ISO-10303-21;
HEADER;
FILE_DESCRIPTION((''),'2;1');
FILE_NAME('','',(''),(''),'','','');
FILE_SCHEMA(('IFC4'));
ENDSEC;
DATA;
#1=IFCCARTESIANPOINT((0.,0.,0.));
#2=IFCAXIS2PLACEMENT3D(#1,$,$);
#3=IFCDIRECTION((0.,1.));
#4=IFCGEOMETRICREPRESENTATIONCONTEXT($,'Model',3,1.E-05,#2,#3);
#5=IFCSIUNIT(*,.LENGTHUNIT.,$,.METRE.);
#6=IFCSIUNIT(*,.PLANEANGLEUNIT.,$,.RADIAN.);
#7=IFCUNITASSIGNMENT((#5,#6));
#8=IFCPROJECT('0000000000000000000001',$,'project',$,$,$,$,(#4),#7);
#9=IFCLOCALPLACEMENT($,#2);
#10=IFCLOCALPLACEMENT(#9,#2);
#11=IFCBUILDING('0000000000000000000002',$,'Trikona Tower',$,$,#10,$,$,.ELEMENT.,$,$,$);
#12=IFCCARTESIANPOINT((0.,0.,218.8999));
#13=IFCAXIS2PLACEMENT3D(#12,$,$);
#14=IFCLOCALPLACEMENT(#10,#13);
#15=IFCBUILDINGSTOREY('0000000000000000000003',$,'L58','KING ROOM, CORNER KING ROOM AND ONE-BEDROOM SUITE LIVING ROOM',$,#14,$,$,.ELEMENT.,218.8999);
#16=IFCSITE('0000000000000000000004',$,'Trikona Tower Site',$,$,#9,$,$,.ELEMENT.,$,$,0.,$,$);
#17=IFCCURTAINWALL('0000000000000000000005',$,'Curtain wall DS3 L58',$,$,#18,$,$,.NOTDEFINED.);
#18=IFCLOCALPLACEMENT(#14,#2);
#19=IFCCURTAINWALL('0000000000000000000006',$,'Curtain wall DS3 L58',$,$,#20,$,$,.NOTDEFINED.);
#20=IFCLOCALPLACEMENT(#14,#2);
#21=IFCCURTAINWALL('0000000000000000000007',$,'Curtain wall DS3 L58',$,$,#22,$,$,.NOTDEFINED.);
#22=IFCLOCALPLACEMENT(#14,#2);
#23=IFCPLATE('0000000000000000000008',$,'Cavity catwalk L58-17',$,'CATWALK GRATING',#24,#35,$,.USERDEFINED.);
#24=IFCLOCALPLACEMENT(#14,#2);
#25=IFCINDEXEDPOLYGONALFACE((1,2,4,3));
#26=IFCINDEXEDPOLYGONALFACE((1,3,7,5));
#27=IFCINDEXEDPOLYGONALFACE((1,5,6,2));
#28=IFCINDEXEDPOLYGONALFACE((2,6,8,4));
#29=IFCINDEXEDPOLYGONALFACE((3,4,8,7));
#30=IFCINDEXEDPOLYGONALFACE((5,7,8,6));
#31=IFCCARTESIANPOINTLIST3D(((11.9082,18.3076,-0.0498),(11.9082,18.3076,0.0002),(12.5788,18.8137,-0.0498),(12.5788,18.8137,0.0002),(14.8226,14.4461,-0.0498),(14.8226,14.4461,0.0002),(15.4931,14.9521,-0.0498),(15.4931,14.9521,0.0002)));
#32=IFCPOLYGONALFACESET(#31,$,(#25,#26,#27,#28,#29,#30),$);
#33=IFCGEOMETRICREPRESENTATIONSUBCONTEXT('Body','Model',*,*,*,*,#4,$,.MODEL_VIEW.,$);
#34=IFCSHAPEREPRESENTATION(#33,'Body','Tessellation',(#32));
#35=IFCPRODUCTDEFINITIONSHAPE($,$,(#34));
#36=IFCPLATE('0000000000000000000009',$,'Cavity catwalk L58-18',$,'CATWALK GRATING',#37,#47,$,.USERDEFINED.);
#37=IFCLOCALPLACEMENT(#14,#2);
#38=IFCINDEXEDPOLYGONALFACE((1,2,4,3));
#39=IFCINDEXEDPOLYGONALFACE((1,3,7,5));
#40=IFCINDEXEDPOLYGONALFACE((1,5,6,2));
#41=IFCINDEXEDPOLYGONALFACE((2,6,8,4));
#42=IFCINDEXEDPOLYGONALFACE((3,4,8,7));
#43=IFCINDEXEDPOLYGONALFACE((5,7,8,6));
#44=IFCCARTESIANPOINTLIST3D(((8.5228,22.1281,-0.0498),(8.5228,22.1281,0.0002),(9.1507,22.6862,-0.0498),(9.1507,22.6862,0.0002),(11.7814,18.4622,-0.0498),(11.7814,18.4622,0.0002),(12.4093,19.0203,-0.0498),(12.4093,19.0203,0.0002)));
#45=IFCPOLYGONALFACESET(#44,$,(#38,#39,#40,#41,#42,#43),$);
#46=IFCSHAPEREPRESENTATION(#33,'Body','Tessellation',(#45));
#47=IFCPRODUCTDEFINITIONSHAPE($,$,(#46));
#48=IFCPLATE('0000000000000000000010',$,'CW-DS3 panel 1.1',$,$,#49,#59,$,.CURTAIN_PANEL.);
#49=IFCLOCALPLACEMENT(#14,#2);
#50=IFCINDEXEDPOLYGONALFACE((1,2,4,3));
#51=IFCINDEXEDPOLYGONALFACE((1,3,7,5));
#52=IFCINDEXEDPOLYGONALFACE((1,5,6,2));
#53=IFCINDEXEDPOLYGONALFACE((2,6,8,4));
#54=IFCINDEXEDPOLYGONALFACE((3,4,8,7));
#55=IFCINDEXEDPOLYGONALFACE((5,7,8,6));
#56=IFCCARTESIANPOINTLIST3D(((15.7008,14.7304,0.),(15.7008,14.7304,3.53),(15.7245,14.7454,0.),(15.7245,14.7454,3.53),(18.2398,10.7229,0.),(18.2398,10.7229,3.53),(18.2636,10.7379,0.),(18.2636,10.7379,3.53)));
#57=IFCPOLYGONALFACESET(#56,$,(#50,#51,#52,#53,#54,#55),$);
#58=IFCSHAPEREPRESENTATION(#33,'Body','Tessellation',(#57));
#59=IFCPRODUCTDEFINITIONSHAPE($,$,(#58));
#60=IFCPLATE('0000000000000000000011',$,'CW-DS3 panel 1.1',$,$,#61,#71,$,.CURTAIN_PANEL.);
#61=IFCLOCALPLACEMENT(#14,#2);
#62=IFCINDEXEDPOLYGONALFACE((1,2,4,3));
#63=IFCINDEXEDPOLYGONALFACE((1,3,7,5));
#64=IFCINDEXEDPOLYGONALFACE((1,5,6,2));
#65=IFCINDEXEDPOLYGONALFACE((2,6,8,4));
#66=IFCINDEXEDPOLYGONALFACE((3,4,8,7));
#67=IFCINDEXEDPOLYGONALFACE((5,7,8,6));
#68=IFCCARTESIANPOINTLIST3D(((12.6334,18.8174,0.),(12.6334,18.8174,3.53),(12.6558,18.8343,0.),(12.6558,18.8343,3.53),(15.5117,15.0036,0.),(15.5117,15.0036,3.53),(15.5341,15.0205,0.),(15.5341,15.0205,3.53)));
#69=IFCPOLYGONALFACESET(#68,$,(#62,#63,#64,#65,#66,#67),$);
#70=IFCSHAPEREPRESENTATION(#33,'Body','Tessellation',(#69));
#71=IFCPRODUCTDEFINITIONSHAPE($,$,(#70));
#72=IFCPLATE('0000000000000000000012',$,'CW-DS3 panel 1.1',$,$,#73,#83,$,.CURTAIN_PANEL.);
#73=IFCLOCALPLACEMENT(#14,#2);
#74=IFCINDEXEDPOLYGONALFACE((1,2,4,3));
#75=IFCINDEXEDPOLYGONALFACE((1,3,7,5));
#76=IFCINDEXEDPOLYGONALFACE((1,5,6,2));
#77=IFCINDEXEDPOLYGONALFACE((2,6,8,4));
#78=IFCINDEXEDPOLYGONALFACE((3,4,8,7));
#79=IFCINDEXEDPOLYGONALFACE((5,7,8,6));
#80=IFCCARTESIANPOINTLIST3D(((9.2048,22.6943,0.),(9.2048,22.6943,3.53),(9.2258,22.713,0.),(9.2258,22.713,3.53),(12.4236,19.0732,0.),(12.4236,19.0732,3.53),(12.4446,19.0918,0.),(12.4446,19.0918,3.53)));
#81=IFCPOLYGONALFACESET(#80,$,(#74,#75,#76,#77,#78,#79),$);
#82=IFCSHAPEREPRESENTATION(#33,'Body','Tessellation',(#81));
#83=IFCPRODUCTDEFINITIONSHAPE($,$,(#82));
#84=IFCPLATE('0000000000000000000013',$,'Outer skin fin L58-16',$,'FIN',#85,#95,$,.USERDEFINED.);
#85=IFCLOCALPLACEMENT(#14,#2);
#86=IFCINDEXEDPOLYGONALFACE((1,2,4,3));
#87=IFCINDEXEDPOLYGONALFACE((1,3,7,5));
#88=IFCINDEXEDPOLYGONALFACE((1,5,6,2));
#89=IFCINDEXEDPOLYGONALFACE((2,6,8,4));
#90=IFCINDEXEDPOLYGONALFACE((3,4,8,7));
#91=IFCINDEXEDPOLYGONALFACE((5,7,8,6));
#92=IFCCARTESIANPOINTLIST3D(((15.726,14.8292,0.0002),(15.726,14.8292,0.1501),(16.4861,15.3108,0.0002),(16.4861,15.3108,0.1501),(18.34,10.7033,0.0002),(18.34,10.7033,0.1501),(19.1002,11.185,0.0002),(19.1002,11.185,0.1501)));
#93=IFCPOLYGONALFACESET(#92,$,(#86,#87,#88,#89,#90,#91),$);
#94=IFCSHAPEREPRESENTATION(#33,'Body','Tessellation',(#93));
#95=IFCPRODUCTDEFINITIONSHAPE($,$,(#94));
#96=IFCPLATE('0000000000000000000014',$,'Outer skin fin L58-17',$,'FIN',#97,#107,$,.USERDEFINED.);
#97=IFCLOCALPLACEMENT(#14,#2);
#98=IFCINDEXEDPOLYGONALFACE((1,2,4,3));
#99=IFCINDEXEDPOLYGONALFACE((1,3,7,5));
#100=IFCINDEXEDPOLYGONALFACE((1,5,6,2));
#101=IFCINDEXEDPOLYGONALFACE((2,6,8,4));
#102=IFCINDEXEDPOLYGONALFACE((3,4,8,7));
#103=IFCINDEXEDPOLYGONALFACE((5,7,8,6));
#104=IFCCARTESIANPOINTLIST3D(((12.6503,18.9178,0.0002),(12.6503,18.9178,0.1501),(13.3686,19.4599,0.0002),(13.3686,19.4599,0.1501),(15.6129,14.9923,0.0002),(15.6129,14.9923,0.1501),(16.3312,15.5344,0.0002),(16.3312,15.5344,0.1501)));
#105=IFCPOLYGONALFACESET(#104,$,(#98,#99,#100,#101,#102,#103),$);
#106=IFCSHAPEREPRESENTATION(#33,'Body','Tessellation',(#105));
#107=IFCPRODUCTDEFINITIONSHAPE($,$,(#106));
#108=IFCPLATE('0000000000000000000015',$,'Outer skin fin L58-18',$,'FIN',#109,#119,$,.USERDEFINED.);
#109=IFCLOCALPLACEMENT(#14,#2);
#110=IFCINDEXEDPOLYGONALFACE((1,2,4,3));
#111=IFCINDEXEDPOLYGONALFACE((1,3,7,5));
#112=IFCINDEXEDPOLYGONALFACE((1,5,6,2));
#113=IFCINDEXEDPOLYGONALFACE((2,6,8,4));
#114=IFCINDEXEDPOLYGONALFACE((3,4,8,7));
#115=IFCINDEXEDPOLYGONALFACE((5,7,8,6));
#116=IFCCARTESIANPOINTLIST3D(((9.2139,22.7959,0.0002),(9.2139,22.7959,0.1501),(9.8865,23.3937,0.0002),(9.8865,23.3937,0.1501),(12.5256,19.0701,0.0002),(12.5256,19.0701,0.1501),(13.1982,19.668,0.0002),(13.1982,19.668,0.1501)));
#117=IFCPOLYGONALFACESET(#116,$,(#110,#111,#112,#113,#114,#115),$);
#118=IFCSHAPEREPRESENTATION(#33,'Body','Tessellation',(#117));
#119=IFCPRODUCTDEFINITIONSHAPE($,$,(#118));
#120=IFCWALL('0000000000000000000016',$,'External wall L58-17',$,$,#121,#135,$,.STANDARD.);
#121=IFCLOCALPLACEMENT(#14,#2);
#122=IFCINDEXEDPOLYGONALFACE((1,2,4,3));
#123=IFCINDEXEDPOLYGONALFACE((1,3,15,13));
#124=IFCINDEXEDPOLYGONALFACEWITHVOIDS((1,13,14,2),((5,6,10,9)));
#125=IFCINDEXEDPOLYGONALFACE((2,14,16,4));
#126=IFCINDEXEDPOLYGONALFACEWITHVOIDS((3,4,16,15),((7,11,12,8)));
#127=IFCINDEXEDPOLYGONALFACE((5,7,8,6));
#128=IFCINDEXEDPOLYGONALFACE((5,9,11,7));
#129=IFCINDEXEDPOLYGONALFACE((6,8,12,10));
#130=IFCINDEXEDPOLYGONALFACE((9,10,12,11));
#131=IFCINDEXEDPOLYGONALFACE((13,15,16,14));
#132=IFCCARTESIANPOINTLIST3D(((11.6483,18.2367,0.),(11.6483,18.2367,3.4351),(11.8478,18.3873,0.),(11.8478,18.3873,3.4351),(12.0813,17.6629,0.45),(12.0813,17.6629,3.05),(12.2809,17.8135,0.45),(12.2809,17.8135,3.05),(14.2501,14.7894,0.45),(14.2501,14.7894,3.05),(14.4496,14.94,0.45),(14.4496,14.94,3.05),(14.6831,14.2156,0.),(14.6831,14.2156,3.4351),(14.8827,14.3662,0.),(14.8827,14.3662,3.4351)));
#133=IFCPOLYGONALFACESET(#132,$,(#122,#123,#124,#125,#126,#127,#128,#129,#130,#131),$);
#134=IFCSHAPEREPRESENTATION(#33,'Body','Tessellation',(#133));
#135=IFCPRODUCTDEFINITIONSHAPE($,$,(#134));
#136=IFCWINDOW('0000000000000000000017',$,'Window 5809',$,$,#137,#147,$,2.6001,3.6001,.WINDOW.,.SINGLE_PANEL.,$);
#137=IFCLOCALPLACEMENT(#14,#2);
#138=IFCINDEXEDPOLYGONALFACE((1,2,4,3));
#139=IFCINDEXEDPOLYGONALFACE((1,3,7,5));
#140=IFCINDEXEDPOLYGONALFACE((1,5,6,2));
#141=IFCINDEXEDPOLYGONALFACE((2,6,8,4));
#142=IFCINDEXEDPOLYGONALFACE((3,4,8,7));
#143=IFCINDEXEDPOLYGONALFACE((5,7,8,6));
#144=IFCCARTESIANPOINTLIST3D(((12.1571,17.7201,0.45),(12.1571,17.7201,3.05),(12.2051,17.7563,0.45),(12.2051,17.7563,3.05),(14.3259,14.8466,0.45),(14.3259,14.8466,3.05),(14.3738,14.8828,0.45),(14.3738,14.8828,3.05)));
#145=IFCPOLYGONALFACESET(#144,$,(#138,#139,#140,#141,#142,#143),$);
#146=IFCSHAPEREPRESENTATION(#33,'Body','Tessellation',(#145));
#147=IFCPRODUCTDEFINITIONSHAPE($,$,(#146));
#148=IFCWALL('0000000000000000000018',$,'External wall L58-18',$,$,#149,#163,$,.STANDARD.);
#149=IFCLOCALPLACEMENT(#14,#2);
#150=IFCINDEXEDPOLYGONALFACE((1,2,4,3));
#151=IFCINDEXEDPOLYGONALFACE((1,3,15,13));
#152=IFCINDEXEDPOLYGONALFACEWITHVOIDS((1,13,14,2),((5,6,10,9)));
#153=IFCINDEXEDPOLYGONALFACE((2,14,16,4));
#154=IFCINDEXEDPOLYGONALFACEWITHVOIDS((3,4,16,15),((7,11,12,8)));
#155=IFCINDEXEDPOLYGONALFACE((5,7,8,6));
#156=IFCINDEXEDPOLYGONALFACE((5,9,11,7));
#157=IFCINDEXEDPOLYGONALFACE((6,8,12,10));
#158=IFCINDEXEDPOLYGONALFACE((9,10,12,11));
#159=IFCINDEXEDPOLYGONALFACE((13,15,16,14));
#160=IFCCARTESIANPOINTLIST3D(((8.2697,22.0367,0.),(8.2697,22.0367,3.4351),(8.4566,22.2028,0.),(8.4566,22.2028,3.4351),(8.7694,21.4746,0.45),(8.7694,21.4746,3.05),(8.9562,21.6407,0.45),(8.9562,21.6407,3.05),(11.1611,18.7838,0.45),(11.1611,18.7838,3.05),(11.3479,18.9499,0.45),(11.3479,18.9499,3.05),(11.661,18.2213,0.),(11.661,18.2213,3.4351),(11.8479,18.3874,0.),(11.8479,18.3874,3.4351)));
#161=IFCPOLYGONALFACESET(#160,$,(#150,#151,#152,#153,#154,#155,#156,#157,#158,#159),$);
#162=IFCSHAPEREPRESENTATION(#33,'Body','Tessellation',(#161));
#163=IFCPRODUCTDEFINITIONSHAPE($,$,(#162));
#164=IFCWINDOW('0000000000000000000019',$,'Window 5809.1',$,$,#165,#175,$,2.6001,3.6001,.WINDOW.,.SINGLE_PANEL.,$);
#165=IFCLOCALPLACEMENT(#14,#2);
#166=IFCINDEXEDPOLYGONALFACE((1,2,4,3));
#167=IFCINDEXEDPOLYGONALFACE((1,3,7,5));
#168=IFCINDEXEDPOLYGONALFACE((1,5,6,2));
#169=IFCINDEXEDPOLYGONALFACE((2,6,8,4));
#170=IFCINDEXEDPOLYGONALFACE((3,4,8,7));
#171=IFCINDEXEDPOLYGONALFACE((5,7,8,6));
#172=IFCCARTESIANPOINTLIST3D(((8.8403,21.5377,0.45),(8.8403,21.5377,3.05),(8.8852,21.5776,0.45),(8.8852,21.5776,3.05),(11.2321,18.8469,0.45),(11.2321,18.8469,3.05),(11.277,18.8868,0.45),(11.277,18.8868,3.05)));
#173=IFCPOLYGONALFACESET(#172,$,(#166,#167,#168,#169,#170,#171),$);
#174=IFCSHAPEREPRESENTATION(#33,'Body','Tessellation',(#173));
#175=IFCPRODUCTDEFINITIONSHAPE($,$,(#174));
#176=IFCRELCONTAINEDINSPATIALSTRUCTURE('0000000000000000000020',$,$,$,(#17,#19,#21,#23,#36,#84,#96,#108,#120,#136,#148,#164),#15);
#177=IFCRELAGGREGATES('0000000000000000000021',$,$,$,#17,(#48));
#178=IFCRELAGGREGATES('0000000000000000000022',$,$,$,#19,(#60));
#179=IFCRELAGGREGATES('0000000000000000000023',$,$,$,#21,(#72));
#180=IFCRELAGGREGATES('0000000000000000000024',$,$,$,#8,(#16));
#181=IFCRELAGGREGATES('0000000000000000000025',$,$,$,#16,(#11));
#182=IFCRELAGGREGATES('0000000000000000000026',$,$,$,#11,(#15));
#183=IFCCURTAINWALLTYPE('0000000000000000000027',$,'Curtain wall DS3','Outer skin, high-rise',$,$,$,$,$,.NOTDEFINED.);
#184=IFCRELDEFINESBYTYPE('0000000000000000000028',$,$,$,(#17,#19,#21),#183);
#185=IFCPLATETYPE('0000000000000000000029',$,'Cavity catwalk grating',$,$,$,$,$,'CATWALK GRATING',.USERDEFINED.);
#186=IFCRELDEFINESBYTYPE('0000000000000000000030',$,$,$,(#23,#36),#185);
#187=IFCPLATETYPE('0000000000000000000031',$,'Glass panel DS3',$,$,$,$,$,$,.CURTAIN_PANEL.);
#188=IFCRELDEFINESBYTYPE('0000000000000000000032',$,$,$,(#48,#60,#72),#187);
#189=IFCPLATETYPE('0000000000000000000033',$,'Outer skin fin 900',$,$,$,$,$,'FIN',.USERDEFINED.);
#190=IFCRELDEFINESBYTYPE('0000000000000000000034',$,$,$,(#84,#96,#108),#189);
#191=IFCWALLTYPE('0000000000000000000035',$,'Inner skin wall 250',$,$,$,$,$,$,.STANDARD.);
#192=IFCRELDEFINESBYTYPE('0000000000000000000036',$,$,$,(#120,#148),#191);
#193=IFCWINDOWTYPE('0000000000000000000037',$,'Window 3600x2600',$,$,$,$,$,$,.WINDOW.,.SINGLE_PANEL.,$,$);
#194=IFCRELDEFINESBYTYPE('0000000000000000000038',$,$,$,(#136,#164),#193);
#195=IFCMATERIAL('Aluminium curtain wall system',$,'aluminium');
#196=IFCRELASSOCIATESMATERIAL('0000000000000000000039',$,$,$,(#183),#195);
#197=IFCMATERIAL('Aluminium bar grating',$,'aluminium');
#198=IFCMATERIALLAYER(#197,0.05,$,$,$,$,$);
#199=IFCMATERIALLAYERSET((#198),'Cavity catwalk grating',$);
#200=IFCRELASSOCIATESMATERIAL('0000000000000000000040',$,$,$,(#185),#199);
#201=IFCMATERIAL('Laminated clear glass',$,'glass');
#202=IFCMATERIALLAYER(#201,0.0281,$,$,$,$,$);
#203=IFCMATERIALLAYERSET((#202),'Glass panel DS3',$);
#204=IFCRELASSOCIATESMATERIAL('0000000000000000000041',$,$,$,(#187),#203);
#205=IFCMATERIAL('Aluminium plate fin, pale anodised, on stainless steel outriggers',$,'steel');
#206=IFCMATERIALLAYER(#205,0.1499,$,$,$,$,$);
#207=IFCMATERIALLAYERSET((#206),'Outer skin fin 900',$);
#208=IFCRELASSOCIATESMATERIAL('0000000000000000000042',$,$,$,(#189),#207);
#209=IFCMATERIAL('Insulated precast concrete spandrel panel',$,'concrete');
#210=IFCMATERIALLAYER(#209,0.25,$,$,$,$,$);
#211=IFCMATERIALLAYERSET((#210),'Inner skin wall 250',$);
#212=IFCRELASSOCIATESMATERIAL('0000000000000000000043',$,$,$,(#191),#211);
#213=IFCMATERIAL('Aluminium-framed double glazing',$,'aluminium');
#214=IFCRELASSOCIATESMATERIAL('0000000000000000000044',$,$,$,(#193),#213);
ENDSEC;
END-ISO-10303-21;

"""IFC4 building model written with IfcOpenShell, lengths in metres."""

from ifc_helpers import new_model, si_unit, direction, frame, frame_2d, origin, origin_2d, place, context, subcontext, project, spatial, rectangle, extrude, material, layer, layer_set, type_object, element, fill, aggregate, save


model = new_model("IFC4")

# Units and contexts
model_context = context("Model", 3, precision=1e-05, world=origin(), true_north=direction((0.0, 1.0)))
body_context = subcontext(model_context, "Body", "Model", "MODEL_VIEW")
ifc_project = project(units=[si_unit("LENGTHUNIT", "METRE"), si_unit("PLANEANGLEUNIT", "RADIAN")], contexts=[model_context])

# Site, building, storey
site_placement = place(None, origin())
site = spatial("IfcSite", under=ifc_project, at=site_placement, Name="Trikona Tower Site", CompositionType="ELEMENT", RefElevation=0.0)
building_placement = place(site_placement, origin())
building = spatial("IfcBuilding", under=site, at=building_placement, Name="Trikona Tower", CompositionType="ELEMENT")
storey_placement = place(building_placement, frame((0.0, 0.0, 218.8999)))
storey = spatial("IfcBuildingStorey", under=building, at=storey_placement, Name="L58", Description="KING ROOM, CORNER KING ROOM AND ONE-BEDROOM SUITE LIVING ROOM", CompositionType="ELEMENT", Elevation=218.8999)

# Curtain wall
ifc_material_1 = material(Name="Aluminium curtain wall system", Category="aluminium")
curtain_wall_type = type_object("IfcCurtainWallType", Name="Curtain wall DS3", Description="Outer skin, high-rise", PredefinedType="NOTDEFINED", material=ifc_material_1)
curtain_wall_1_placement = place(storey_placement, origin())
curtain_wall_1 = element("IfcCurtainWall", 1, at=curtain_wall_1_placement, inside=storey, type_object=curtain_wall_type, Name="Curtain wall DS3 L58", PredefinedType="NOTDEFINED")

# Curtain walls
curtain_wall_2_placement = place(storey_placement, origin())
curtain_wall_2 = element("IfcCurtainWall", 2, at=curtain_wall_2_placement, inside=storey, type_object=curtain_wall_type, Name="Curtain wall DS3 L58", PredefinedType="NOTDEFINED")
curtain_wall_3_placement = place(storey_placement, origin())
curtain_wall_3 = element("IfcCurtainWall", 3, at=curtain_wall_3_placement, inside=storey, type_object=curtain_wall_type, Name="Curtain wall DS3 L58", PredefinedType="NOTDEFINED")

# Plates
ifc_material_2 = material(Name="Aluminium bar grating", Category="aluminium")
ifc_layer_1 = layer(ifc_material_2, 0.05)
ifc_layer_set_1 = layer_set([ifc_layer_1], Name="Cavity catwalk grating")
plate_type_1 = type_object("IfcPlateType", Name="Cavity catwalk grating", ElementType="CATWALK GRATING", PredefinedType="USERDEFINED", material=ifc_layer_set_1)
plate_1_placement = place(storey_placement, frame((13.7007, 16.6299, -0.0498), z_axis=(0.0, 0.0, 1.0), x_axis=(-0.602402, 0.798193, 0.0)))
element("IfcPlate", 4, at=plate_1_placement, inside=storey, type_object=plate_type_1, Name="Cavity catwalk L58-17", ObjectType="CATWALK GRATING", PredefinedType="USERDEFINED", context=body_context, shape_type="SweptSolid", body=[
    extrude(rectangle(XDim=4.8379, YDim=0.8401, at=origin_2d()), origin(), (0.0, 0.0, 1.0), 0.05),
])
plate_2_placement = place(storey_placement, frame((10.4661, 20.5742, -0.0498), z_axis=(0.0, 0.0, 1.0), x_axis=(-0.664367, 0.747406, 0.0)))
element("IfcPlate", 5, at=plate_2_placement, inside=storey, type_object=plate_type_1, Name="Cavity catwalk L58-18", ObjectType="CATWALK GRATING", PredefinedType="USERDEFINED", context=body_context, shape_type="SweptSolid", body=[
    extrude(rectangle(XDim=4.9048, YDim=0.8401, at=origin_2d()), origin(), (0.0, 0.0, 1.0), 0.05),
])

# Plates
ifc_material_3 = material(Name="Laminated clear glass", Category="glass")
ifc_layer_2 = layer(ifc_material_3, 0.0281)
ifc_layer_set_2 = layer_set([ifc_layer_2], Name="Glass panel DS3")
plate_type_2 = type_object("IfcPlateType", Name="Glass panel DS3", PredefinedType="CURTAIN_PANEL", material=ifc_layer_set_2)
plate_3_placement = place(storey_placement, frame((16.9822, 12.7341, 0.0), z_axis=(0.0, 0.0, 1.0), x_axis=(-0.535197, 0.844727, 0.0)))
plate_3 = element("IfcPlate", 6, at=plate_3_placement, type_object=plate_type_2, Name="CW-DS3 panel 1.1", PredefinedType="CURTAIN_PANEL", context=body_context, shape_type="SweptSolid", body=[
    extrude(rectangle(XDim=4.7441, YDim=0.0281, at=origin_2d()), origin(), (0.0, 0.0, 1.0), 3.53),
])
aggregate(curtain_wall_1, [plate_3])
plate_4_placement = place(storey_placement, frame((14.0837, 16.9189, 0.0), z_axis=(0.0, 0.0, 1.0), x_axis=(-0.602402, 0.798193, 0.0)))
plate_4 = element("IfcPlate", 7, at=plate_4_placement, type_object=plate_type_2, Name="CW-DS3 panel 1.1", PredefinedType="CURTAIN_PANEL", context=body_context, shape_type="SweptSolid", body=[
    extrude(rectangle(XDim=4.7781, YDim=0.0281, at=origin_2d()), origin(), (0.0, 0.0, 1.0), 3.53),
])
aggregate(curtain_wall_2, [plate_4])
plate_5_placement = place(storey_placement, frame((10.8247, 20.8931, 0.0), z_axis=(0.0, 0.0, 1.0), x_axis=(-0.664371, 0.747403, 0.0)))
plate_5 = element("IfcPlate", 8, at=plate_5_placement, type_object=plate_type_2, Name="CW-DS3 panel 1.1", PredefinedType="CURTAIN_PANEL", context=body_context, shape_type="SweptSolid", body=[
    extrude(rectangle(XDim=4.845, YDim=0.0281, at=origin_2d()), origin(), (0.0, 0.0, 1.0), 3.53),
])
aggregate(curtain_wall_3, [plate_5])

# Plates
ifc_material_4 = material(Name="Aluminium plate fin, pale anodised, on stainless steel outriggers", Category="steel")
ifc_layer_3 = layer(ifc_material_4, 0.1499)
ifc_layer_set_3 = layer_set([ifc_layer_3], Name="Outer skin fin 900")
plate_type_3 = type_object("IfcPlateType", Name="Outer skin fin 900", ElementType="FIN", PredefinedType="USERDEFINED", material=ifc_layer_set_3)
plate_6_placement = place(storey_placement, frame((17.4131, 13.0071, 0.0002), z_axis=(0.0, 0.0, 1.0), x_axis=(-0.535205, 0.844722, 0.0)))
element("IfcPlate", 9, at=plate_6_placement, inside=storey, type_object=plate_type_3, Name="Outer skin fin L58-16", ObjectType="FIN", PredefinedType="USERDEFINED", context=body_context, shape_type="SweptSolid", body=[
    extrude(rectangle(XDim=4.8843, YDim=0.8999, at=origin_2d()), origin(), (0.0, 0.0, 1.0), 0.1499),
])
plate_7_placement = place(storey_placement, frame((14.4907, 17.2261, 0.0002), z_axis=(0.0, 0.0, 1.0), x_axis=(-0.602402, 0.798193, 0.0)))
element("IfcPlate", 10, at=plate_7_placement, inside=storey, type_object=plate_type_3, Name="Outer skin fin L58-17", ObjectType="FIN", PredefinedType="USERDEFINED", context=body_context, shape_type="SweptSolid", body=[
    extrude(rectangle(XDim=4.918, YDim=0.8999, at=origin_2d()), origin(), (0.0, 0.0, 1.0), 0.1499),
])
plate_8_placement = place(storey_placement, frame((11.2061, 21.2319, 0.0002), z_axis=(0.0, 0.0, 1.0), x_axis=(-0.664367, 0.747406, 0.0)))
element("IfcPlate", 11, at=plate_8_placement, inside=storey, type_object=plate_type_3, Name="Outer skin fin L58-18", ObjectType="FIN", PredefinedType="USERDEFINED", context=body_context, shape_type="SweptSolid", body=[
    extrude(rectangle(XDim=4.9849, YDim=0.8999, at=origin_2d()), origin(), (0.0, 0.0, 1.0), 0.1499),
])

# Walls, openings, windows
ifc_material_5 = material(Name="Insulated precast concrete spandrel panel", Category="concrete")
ifc_layer_4 = layer(ifc_material_5, 0.25)
ifc_layer_set_4 = layer_set([ifc_layer_4], Name="Inner skin wall 250")
wall_type = type_object("IfcWallType", Name="Inner skin wall 250", PredefinedType="STANDARD", material=ifc_layer_set_4)
wall_1_placement = place(storey_placement, frame((14.783, 14.2908, 0.0), z_axis=(0.0, 0.0, 1.0), x_axis=(-0.602409, 0.798188, 0.0)))
wall_1 = element("IfcWall", 12, at=wall_1_placement, inside=storey, type_object=wall_type, Name="External wall L58-17", PredefinedType="STANDARD", context=body_context, shape_type="SweptSolid", body=[
    extrude(rectangle(XDim=5.0378, YDim=0.25, at=frame_2d((2.519, 0.0))), origin(), (0.0, 0.0, 1.0), 3.4351),
])
opening_1_placement = place(wall_1_placement, frame((0.719, 0.0, 0.45)))
opening_1 = element("IfcOpeningElement", 13, at=opening_1_placement, cuts=wall_1, PredefinedType="OPENING", context=body_context, shape_type="SweptSolid", body=[
    extrude(rectangle(XDim=3.6001, YDim=2.6001, at=frame_2d((1.8, 1.3))), frame((0.0, 0.135, 0.0), z_axis=(0.0, -1.0, 0.0), x_axis=(1.0, 0.0, 0.0)), (0.0, 0.0, 1.0), 0.27),
])
ifc_material_6 = material(Name="Aluminium-framed double glazing", Category="aluminium")
window_type = type_object("IfcWindowType", Name="Window 3600x2600", PartitioningType="SINGLE_PANEL", PredefinedType="WINDOW", material=ifc_material_6)
window_1_placement = place(opening_1_placement, origin())
window_1 = element("IfcWindow", 14, at=window_1_placement, inside=storey, type_object=window_type, Name="Window 5809", OverallHeight=2.6001, OverallWidth=3.6001, PartitioningType="SINGLE_PANEL", PredefinedType="WINDOW", context=body_context, shape_type="SweptSolid", body=[
    extrude(rectangle(XDim=3.6001, YDim=2.6001, at=frame_2d((1.8, 1.3))), frame((0.0, 0.03, 0.0), z_axis=(0.0, -1.0, 0.0), x_axis=(1.0, 0.0, 0.0)), (0.0, 0.0, 1.0), 0.0601),
])
fill(opening_1, window_1)
wall_2_placement = place(storey_placement, frame((11.7544, 18.3044, 0.0), z_axis=(0.0, 0.0, 1.0), x_axis=(-0.664349, 0.747423, 0.0)))
wall_2 = element("IfcWall", 15, at=wall_2_placement, inside=storey, type_object=wall_type, Name="External wall L58-18", PredefinedType="STANDARD", context=body_context, shape_type="SweptSolid", body=[
    extrude(rectangle(XDim=5.1047, YDim=0.25, at=frame_2d((2.5522, 0.0))), origin(), (0.0, 0.0, 1.0), 3.4351),
])
opening_2_placement = place(wall_2_placement, frame((0.7524, 0.0, 0.45)))
opening_2 = element("IfcOpeningElement", 16, at=opening_2_placement, cuts=wall_2, PredefinedType="OPENING", context=body_context, shape_type="SweptSolid", body=[
    extrude(rectangle(XDim=3.6001, YDim=2.6001, at=frame_2d((1.8, 1.3))), frame((0.0, 0.135, 0.0), z_axis=(0.0, -1.0, 0.0), x_axis=(1.0, 0.0, 0.0)), (0.0, 0.0, 1.0), 0.27),
])
window_2_placement = place(opening_2_placement, origin())
window_2 = element("IfcWindow", 17, at=window_2_placement, inside=storey, type_object=window_type, Name="Window 5809.1", OverallHeight=2.6001, OverallWidth=3.6001, PartitioningType="SINGLE_PANEL", PredefinedType="WINDOW", context=body_context, shape_type="SweptSolid", body=[
    extrude(rectangle(XDim=3.6001, YDim=2.6001, at=frame_2d((1.8, 1.3))), frame((0.0, 0.03, 0.0), z_axis=(0.0, -1.0, 0.0), x_axis=(1.0, 0.0, 0.0)), (0.0, 0.0, 1.0), 0.0601),
])
fill(opening_2, window_2)

save(model, "model.ifc")
